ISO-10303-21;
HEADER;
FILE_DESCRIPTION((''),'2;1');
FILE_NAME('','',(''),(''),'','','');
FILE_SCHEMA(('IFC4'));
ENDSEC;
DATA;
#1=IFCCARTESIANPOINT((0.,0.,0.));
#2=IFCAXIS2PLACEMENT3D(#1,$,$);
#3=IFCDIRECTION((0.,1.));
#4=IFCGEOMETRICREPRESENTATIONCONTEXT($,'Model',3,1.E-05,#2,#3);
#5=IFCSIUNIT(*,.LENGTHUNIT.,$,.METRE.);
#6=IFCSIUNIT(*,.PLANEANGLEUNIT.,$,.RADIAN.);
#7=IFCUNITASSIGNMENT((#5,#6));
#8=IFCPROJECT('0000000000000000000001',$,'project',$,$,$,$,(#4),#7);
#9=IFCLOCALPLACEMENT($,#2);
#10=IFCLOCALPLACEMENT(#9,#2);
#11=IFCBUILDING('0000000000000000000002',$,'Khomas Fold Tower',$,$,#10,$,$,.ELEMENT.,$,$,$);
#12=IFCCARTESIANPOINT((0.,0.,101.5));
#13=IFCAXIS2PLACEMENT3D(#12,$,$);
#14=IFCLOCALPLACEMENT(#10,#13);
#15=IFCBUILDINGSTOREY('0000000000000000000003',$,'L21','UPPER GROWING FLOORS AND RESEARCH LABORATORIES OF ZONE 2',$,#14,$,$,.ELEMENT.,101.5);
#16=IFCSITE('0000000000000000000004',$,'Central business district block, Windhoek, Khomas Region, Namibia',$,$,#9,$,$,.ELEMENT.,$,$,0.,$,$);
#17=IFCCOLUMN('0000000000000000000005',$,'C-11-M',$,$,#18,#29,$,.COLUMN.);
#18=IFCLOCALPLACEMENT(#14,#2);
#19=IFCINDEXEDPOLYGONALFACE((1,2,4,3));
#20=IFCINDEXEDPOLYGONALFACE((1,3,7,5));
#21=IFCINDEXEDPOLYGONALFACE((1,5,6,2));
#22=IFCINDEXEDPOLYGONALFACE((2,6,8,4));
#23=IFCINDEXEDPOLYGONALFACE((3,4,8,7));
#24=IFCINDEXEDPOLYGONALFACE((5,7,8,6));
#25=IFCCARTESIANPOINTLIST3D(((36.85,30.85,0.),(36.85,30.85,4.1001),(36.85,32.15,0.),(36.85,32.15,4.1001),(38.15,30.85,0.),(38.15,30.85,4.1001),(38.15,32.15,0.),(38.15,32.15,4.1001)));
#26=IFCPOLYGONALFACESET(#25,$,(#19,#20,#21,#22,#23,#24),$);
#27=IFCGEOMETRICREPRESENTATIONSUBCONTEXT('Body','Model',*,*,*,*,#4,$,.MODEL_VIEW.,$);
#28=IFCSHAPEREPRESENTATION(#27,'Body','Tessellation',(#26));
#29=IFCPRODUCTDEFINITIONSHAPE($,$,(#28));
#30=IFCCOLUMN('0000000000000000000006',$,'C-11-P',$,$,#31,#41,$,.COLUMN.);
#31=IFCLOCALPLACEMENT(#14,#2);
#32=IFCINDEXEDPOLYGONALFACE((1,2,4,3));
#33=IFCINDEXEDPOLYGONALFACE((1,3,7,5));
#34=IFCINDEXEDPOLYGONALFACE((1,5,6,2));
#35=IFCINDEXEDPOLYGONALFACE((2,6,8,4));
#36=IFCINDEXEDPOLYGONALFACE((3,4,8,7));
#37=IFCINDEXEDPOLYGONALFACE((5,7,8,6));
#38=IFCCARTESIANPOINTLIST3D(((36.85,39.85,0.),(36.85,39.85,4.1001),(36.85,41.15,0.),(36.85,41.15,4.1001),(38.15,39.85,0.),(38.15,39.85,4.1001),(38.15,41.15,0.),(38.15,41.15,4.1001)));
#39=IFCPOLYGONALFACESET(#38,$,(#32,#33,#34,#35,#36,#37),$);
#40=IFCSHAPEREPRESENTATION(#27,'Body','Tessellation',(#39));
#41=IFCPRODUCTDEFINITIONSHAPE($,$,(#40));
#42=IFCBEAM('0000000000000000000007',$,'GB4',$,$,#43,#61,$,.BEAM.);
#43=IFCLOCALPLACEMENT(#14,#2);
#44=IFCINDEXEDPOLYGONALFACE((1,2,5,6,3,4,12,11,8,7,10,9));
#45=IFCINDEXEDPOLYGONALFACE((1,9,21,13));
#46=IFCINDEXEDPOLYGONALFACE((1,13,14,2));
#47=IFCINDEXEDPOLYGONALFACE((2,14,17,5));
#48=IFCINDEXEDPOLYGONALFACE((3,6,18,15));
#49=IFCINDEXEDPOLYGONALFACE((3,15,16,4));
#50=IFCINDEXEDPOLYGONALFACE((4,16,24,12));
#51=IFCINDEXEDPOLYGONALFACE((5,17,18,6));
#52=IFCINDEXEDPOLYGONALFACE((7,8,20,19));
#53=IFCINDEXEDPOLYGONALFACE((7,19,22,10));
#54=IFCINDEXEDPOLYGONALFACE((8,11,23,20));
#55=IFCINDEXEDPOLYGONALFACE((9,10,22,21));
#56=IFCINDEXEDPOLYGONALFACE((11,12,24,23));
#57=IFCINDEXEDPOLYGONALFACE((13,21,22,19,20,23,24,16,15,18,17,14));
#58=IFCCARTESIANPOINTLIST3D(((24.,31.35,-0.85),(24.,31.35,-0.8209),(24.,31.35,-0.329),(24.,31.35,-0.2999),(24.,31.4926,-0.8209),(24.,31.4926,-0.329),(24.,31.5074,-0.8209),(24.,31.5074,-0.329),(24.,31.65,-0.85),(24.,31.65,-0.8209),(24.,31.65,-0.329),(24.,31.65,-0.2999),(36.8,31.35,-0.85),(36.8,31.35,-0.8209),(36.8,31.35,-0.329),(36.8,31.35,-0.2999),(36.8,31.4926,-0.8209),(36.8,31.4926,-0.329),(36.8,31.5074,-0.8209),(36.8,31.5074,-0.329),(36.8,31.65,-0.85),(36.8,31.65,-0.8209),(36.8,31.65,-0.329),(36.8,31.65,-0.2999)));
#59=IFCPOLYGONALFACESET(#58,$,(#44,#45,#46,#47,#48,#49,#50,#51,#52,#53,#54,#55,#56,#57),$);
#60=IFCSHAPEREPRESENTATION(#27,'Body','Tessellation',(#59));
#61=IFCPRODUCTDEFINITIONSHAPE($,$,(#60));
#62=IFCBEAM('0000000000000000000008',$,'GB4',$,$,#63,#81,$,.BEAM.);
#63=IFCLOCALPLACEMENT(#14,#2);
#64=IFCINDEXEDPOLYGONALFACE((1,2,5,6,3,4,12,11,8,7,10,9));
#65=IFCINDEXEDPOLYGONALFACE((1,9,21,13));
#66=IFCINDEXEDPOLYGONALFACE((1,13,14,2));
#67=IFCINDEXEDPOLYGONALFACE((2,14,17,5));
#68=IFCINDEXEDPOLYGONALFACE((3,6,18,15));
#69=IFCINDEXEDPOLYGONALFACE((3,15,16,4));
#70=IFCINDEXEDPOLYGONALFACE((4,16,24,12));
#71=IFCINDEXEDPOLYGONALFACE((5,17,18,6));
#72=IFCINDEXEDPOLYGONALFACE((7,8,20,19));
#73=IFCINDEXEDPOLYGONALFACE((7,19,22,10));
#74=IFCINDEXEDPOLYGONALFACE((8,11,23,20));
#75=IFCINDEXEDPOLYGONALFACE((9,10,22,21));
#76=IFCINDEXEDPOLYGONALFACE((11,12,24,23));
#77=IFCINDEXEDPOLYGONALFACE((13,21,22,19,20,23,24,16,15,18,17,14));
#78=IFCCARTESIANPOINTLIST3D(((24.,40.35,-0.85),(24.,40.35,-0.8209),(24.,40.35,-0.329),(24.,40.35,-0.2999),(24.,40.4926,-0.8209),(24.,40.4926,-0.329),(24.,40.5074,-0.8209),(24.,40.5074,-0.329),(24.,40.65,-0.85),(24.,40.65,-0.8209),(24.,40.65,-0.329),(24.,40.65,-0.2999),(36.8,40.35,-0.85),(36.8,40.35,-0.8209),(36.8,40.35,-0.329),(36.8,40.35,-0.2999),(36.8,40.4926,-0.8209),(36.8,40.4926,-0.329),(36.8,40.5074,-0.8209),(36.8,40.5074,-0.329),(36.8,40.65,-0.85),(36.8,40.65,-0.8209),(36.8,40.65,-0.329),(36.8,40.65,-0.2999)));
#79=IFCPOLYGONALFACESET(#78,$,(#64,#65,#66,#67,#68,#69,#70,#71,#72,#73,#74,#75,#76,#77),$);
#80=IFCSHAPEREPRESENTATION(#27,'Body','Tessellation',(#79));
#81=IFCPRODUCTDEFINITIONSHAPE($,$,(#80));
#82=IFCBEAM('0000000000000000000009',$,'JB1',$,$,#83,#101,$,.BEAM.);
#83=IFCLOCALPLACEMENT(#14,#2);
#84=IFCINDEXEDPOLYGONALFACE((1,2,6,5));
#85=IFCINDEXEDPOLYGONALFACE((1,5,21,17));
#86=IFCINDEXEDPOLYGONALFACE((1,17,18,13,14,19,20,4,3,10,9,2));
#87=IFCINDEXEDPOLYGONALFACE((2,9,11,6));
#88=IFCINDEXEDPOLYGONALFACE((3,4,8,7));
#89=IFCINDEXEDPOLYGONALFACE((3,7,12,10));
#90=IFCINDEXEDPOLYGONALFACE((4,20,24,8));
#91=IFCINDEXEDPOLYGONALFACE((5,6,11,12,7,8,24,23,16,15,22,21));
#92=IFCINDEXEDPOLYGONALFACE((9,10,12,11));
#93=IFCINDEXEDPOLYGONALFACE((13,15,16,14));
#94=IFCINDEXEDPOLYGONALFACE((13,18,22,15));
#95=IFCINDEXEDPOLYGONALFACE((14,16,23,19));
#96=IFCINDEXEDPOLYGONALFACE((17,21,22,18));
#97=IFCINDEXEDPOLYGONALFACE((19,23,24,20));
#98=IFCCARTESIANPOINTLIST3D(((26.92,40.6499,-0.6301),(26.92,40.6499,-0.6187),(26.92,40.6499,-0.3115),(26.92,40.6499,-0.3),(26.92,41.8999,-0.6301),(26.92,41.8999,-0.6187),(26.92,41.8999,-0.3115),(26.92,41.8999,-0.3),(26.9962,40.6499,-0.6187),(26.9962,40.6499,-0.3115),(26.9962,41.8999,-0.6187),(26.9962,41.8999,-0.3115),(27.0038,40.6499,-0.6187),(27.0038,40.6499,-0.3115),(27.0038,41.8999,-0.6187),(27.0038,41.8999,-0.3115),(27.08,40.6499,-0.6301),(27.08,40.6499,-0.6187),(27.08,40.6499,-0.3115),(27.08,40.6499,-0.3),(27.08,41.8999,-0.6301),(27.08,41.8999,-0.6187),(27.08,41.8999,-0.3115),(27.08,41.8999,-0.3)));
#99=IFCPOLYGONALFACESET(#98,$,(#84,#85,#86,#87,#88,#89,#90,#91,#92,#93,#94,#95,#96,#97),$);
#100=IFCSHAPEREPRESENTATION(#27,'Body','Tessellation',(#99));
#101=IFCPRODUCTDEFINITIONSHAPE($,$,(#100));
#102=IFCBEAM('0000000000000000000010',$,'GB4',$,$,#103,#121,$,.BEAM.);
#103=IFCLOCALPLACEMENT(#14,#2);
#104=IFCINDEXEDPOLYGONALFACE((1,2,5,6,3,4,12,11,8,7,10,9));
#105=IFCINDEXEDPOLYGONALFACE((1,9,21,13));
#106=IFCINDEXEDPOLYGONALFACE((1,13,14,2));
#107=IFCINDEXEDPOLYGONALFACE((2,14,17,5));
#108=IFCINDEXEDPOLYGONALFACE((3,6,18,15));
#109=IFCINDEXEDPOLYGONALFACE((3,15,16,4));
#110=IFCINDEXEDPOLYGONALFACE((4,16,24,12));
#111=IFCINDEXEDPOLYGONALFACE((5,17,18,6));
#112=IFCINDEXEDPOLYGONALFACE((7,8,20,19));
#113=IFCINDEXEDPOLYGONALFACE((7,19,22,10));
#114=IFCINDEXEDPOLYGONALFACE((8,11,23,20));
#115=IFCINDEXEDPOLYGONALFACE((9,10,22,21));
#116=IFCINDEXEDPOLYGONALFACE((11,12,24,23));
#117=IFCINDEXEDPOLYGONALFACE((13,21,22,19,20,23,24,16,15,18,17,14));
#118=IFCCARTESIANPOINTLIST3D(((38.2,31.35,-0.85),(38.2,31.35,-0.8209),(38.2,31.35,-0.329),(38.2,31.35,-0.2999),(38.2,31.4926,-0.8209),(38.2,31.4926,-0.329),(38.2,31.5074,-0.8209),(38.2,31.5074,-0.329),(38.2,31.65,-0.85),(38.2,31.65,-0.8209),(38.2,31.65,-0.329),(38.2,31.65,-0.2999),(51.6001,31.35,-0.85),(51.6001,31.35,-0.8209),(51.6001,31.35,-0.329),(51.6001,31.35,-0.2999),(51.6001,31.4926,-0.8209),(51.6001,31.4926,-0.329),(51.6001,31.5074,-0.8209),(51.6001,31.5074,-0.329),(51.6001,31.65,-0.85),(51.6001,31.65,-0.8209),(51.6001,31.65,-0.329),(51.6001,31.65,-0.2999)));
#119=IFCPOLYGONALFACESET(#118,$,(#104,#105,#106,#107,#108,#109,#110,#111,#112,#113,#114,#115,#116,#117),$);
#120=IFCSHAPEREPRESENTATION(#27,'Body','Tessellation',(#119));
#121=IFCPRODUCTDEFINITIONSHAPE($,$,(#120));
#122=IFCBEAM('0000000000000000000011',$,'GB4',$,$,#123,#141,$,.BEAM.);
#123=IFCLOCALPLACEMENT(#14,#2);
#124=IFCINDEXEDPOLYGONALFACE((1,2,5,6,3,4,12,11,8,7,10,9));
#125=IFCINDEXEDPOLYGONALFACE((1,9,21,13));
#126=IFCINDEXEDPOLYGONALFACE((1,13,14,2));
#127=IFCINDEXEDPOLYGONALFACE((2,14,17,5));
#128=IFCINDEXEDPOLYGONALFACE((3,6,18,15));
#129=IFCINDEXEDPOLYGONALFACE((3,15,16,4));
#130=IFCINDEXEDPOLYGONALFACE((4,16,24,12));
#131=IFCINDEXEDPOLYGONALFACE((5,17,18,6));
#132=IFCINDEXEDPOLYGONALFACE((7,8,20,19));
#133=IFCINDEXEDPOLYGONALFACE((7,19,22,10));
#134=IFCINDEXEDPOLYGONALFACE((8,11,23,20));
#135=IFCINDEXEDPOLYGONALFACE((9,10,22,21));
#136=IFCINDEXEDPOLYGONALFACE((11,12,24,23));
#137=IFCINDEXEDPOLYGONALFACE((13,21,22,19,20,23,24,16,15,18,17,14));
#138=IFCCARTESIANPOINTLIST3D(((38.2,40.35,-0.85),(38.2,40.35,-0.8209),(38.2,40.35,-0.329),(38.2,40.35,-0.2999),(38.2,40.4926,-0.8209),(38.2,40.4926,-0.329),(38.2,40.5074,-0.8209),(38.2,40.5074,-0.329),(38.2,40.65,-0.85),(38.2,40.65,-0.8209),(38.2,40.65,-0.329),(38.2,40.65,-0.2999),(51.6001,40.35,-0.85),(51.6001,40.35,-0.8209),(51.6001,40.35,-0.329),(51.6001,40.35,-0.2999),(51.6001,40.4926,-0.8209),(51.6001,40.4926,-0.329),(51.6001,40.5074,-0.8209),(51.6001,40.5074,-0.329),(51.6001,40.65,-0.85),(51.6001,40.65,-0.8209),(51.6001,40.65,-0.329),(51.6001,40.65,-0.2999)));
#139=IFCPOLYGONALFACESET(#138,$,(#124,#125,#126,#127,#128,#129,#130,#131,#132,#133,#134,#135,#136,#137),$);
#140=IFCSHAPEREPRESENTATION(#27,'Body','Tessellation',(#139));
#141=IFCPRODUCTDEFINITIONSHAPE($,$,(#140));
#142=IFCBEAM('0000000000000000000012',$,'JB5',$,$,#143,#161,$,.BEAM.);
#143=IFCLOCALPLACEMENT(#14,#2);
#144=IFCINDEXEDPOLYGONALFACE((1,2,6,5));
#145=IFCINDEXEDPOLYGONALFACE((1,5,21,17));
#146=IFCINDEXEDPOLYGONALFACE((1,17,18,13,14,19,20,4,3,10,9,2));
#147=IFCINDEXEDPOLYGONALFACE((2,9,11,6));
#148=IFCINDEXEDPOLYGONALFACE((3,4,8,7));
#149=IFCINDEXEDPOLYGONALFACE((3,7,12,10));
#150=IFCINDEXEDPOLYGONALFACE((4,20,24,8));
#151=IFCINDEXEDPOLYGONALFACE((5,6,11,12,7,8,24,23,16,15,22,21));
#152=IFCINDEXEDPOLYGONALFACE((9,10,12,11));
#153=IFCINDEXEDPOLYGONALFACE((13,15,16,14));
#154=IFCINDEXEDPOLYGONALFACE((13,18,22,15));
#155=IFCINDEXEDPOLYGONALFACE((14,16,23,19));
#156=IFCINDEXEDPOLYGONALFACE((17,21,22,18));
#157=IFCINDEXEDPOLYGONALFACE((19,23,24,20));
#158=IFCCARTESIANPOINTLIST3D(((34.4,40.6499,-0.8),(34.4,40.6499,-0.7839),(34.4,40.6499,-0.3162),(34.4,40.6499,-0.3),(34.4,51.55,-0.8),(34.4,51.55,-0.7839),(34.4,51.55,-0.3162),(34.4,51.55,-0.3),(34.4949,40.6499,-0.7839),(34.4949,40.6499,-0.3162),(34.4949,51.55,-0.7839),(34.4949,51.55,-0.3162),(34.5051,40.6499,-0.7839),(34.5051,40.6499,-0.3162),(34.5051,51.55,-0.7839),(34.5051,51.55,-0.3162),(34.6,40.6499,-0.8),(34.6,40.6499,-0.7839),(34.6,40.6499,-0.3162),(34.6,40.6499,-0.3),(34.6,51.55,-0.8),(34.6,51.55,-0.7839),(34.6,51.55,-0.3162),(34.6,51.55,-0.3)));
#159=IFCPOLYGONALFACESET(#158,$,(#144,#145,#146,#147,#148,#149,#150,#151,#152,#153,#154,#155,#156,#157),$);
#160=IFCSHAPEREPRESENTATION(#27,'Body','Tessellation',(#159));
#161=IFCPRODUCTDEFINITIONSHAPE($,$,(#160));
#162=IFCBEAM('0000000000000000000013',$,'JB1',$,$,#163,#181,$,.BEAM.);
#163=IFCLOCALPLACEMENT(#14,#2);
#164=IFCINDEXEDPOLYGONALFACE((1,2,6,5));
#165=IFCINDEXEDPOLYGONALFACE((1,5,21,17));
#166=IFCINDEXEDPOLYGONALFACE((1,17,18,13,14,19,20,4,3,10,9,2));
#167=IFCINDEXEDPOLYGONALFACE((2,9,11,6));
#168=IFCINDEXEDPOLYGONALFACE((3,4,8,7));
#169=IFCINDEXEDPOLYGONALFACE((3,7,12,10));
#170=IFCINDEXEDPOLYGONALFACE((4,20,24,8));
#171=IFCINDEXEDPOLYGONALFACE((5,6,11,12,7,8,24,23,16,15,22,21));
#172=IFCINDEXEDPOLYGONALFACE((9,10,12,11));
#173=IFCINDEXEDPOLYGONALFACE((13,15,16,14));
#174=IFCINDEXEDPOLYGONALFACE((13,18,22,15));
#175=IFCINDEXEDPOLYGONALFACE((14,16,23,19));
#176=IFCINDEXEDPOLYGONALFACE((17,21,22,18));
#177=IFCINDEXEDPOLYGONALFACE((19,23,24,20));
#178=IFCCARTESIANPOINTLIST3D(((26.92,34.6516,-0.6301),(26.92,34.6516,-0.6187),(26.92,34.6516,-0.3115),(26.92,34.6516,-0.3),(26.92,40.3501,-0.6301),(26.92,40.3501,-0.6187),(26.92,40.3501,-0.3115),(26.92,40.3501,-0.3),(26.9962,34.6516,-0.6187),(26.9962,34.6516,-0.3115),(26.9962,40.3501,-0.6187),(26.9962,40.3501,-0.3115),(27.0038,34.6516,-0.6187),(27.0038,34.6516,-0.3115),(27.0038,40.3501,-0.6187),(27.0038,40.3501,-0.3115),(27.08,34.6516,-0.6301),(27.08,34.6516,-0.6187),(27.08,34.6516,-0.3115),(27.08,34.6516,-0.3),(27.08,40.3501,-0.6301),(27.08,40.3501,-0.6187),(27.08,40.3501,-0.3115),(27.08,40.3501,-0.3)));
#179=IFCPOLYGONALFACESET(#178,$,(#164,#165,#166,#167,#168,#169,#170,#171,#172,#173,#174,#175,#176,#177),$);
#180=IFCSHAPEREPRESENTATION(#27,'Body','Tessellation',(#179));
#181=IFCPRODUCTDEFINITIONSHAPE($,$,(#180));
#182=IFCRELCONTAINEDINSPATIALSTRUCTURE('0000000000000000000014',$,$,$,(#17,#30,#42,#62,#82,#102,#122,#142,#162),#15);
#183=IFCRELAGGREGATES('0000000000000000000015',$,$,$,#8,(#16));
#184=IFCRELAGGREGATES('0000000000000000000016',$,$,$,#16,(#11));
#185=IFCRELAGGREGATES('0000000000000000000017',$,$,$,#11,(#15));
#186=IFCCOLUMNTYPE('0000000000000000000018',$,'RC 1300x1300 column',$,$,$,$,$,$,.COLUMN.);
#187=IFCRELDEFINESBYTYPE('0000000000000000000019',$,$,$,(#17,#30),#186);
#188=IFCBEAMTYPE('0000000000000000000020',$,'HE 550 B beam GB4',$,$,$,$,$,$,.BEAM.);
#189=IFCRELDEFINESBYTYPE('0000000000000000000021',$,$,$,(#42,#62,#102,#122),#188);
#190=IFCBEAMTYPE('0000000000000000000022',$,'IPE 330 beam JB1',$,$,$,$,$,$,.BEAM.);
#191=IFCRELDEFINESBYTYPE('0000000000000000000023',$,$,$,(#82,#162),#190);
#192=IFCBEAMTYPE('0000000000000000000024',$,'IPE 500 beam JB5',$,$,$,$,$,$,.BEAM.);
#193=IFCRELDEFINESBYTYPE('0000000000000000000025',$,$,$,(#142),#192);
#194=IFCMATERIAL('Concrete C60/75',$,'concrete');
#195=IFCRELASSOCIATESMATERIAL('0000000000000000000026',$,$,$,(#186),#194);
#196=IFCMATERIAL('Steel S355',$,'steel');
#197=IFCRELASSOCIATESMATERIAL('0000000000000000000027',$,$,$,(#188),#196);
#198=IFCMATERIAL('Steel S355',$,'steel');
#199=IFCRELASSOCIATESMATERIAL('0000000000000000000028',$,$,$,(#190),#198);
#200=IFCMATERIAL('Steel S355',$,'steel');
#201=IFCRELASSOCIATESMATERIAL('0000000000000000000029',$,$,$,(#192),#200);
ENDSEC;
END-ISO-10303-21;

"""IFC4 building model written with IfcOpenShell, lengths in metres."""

from ifc_helpers import new_model, si_unit, direction, frame, origin, origin_2d, place, context, subcontext, project, spatial, rectangle, i_section, extrude, source, transform, mapped, material, material_profile, profile_set, type_object, element, save


model = new_model("IFC4")

# Units and contexts
model_context = context("Model", 3, precision=1e-05, world=origin(), true_north=direction((0.0, 1.0)))
body_context = subcontext(model_context, "Body", "Model", "MODEL_VIEW")
ifc_project = project(units=[si_unit("LENGTHUNIT", "METRE"), si_unit("PLANEANGLEUNIT", "RADIAN")], contexts=[model_context])

# Site, building, storey
site_placement = place(None, origin())
site = spatial("IfcSite", under=ifc_project, at=site_placement, Name="Central business district block, Windhoek, Khomas Region, Namibia", CompositionType="ELEMENT", RefElevation=0.0)
building_placement = place(site_placement, origin())
building = spatial("IfcBuilding", under=site, at=building_placement, Name="Khomas Fold Tower", CompositionType="ELEMENT")
storey_placement = place(building_placement, frame((0.0, 0.0, 101.5)))
storey = spatial("IfcBuildingStorey", under=building, at=storey_placement, Name="L21", Description="UPPER GROWING FLOORS AND RESEARCH LABORATORIES OF ZONE 2", CompositionType="ELEMENT", Elevation=101.5)

# Columns
ifc_material_1 = material(Name="Concrete C60/75", Category="concrete")
ifc_material_profile_1 = material_profile(ifc_material_1, rectangle(XDim=1.3, YDim=1.3, at=origin_2d()), Name="RC 1300x1300")
ifc_profile_set_1 = profile_set([ifc_material_profile_1], Name="Concrete C60/75")
column_type = type_object("IfcColumnType", Name="RC 1300x1300 column", PredefinedType="COLUMN", material=ifc_profile_set_1)
shared_shape_1 = source(origin(), body_context, "Body", "SweptSolid", [
    extrude(rectangle(XDim=1.3, YDim=1.3, at=origin_2d()), origin(), (0.0, 0.0, 1.0), 4.1001),
])
for number, where, z_axis, x_axis, name in (
    (1, (37.5, 31.5, 0.0), (0.0, 0.0, 1.0), (1.0, 0.0, 0.0), "C-11-M"),
    (2, (37.5, 40.5, 0.0), (0.0, 0.0, 1.0), (1.0, 0.0, 0.0), "C-11-P"),
):
    element("IfcColumn", number, at=place(storey_placement, frame(where, z_axis=z_axis, x_axis=x_axis)), inside=storey, type_object=column_type, Name=name, PredefinedType="COLUMN", context=body_context, shape_type="MappedRepresentation", body=[
        mapped(shared_shape_1, transform((0.0, 0.0, 0.0))),
    ])

# Beams
ifc_material_2 = material(Name="Steel S355", Category="steel")
ifc_material_profile_2 = material_profile(ifc_material_2, i_section(OverallWidth=0.3, OverallDepth=0.55, WebThickness=0.0149, FlangeThickness=0.0291, at=origin_2d()), Name="HE 550 B")
ifc_profile_set_2 = profile_set([ifc_material_profile_2], Name="Steel S355")
beam_type_1 = type_object("IfcBeamType", Name="HE 550 B beam GB4", PredefinedType="BEAM", material=ifc_profile_set_2)
shared_shape_2 = source(origin(), body_context, "Body", "SweptSolid", [
    extrude(i_section(OverallWidth=0.3, OverallDepth=0.55, WebThickness=0.0149, FlangeThickness=0.0291, at=origin_2d()), origin(), (0.0, 0.0, 1.0), 12.8),
])
for number, where, z_axis, x_axis, name in (
    (3, (24.0, 31.5, -0.575), (1.0, 0.0, 0.0), (0.0, 1.0, 0.0), "GB4"),
    (4, (24.0, 40.5, -0.575), (1.0, 0.0, 0.0), (0.0, 1.0, 0.0), "GB4"),
):
    element("IfcBeam", number, at=place(storey_placement, frame(where, z_axis=z_axis, x_axis=x_axis)), inside=storey, type_object=beam_type_1, Name=name, PredefinedType="BEAM", context=body_context, shape_type="MappedRepresentation", body=[
        mapped(shared_shape_2, transform((0.0, 0.0, 0.0))),
    ])
ifc_material_3 = material(Name="Steel S355", Category="steel")
ifc_material_profile_3 = material_profile(ifc_material_3, i_section(OverallWidth=0.1599, OverallDepth=0.3301, WebThickness=0.0076, FlangeThickness=0.0115, at=origin_2d()), Name="IPE 330")
ifc_profile_set_3 = profile_set([ifc_material_profile_3], Name="Steel S355")
beam_type_2 = type_object("IfcBeamType", Name="IPE 330 beam JB1", PredefinedType="BEAM", material=ifc_profile_set_3)
shared_shape_3 = source(origin(), body_context, "Body", "SweptSolid", [
    extrude(i_section(OverallWidth=0.1599, OverallDepth=0.3301, WebThickness=0.0076, FlangeThickness=0.0115, at=origin_2d()), origin(), (0.0, 0.0, 1.0), 1.25),
])
beam_1_placement = place(storey_placement, frame((27.0, 40.6499, -0.4651), z_axis=(0.0, 1.0, 0.0), x_axis=(-1.0, 0.0, 0.0)))
element("IfcBeam", 5, at=beam_1_placement, inside=storey, type_object=beam_type_2, Name="JB1", PredefinedType="BEAM", context=body_context, shape_type="MappedRepresentation", body=[
    mapped(shared_shape_3, transform((0.0, 0.0, 0.0))),
])
shared_shape_4 = source(origin(), body_context, "Body", "SweptSolid", [
    extrude(i_section(OverallWidth=0.3, OverallDepth=0.55, WebThickness=0.0149, FlangeThickness=0.0291, at=origin_2d()), origin(), (0.0, 0.0, 1.0), 13.4001),
])
for number, where, z_axis, x_axis, name in (
    (6, (38.2, 31.5, -0.575), (1.0, 0.0, 0.0), (0.0, 1.0, 0.0), "GB4"),
    (7, (38.2, 40.5, -0.575), (1.0, 0.0, 0.0), (0.0, 1.0, 0.0), "GB4"),
):
    element("IfcBeam", number, at=place(storey_placement, frame(where, z_axis=z_axis, x_axis=x_axis)), inside=storey, type_object=beam_type_1, Name=name, PredefinedType="BEAM", context=body_context, shape_type="MappedRepresentation", body=[
        mapped(shared_shape_4, transform((0.0, 0.0, 0.0))),
    ])
ifc_material_4 = material(Name="Steel S355", Category="steel")
ifc_material_profile_4 = material_profile(ifc_material_4, i_section(OverallWidth=0.2, OverallDepth=0.5, WebThickness=0.0103, FlangeThickness=0.0161, at=origin_2d()), Name="IPE 500")
ifc_profile_set_4 = profile_set([ifc_material_profile_4], Name="Steel S355")
beam_type_3 = type_object("IfcBeamType", Name="IPE 500 beam JB5", PredefinedType="BEAM", material=ifc_profile_set_4)
shared_shape_5 = source(origin(), body_context, "Body", "SweptSolid", [
    extrude(i_section(OverallWidth=0.2, OverallDepth=0.5, WebThickness=0.0103, FlangeThickness=0.0161, at=origin_2d()), origin(), (0.0, 0.0, 1.0), 10.9001),
])
beam_2_placement = place(storey_placement, frame((34.5, 40.6499, -0.55), z_axis=(0.0, 1.0, 0.0), x_axis=(-1.0, 0.0, 0.0)))
element("IfcBeam", 8, at=beam_2_placement, inside=storey, type_object=beam_type_3, Name="JB5", PredefinedType="BEAM", context=body_context, shape_type="MappedRepresentation", body=[
    mapped(shared_shape_5, transform((0.0, 0.0, 0.0))),
])
shared_shape_6 = source(origin(), body_context, "Body", "SweptSolid", [
    extrude(i_section(OverallWidth=0.1599, OverallDepth=0.3301, WebThickness=0.0076, FlangeThickness=0.0115, at=origin_2d()), origin(), (0.0, 0.0, 1.0), 5.6985),
])
for number, where, z_axis, x_axis, name in (
    (9, (27.0, 34.6516, -0.4651), (0.0, 1.0, 0.0), (-1.0, 0.0, 0.0), "JB1"),
):
    element("IfcBeam", number, at=place(storey_placement, frame(where, z_axis=z_axis, x_axis=x_axis)), inside=storey, type_object=beam_type_2, Name=name, PredefinedType="BEAM", context=body_context, shape_type="MappedRepresentation", body=[
        mapped(shared_shape_6, transform((0.0, 0.0, 0.0))),
    ])

save(model, "model.ifc")
